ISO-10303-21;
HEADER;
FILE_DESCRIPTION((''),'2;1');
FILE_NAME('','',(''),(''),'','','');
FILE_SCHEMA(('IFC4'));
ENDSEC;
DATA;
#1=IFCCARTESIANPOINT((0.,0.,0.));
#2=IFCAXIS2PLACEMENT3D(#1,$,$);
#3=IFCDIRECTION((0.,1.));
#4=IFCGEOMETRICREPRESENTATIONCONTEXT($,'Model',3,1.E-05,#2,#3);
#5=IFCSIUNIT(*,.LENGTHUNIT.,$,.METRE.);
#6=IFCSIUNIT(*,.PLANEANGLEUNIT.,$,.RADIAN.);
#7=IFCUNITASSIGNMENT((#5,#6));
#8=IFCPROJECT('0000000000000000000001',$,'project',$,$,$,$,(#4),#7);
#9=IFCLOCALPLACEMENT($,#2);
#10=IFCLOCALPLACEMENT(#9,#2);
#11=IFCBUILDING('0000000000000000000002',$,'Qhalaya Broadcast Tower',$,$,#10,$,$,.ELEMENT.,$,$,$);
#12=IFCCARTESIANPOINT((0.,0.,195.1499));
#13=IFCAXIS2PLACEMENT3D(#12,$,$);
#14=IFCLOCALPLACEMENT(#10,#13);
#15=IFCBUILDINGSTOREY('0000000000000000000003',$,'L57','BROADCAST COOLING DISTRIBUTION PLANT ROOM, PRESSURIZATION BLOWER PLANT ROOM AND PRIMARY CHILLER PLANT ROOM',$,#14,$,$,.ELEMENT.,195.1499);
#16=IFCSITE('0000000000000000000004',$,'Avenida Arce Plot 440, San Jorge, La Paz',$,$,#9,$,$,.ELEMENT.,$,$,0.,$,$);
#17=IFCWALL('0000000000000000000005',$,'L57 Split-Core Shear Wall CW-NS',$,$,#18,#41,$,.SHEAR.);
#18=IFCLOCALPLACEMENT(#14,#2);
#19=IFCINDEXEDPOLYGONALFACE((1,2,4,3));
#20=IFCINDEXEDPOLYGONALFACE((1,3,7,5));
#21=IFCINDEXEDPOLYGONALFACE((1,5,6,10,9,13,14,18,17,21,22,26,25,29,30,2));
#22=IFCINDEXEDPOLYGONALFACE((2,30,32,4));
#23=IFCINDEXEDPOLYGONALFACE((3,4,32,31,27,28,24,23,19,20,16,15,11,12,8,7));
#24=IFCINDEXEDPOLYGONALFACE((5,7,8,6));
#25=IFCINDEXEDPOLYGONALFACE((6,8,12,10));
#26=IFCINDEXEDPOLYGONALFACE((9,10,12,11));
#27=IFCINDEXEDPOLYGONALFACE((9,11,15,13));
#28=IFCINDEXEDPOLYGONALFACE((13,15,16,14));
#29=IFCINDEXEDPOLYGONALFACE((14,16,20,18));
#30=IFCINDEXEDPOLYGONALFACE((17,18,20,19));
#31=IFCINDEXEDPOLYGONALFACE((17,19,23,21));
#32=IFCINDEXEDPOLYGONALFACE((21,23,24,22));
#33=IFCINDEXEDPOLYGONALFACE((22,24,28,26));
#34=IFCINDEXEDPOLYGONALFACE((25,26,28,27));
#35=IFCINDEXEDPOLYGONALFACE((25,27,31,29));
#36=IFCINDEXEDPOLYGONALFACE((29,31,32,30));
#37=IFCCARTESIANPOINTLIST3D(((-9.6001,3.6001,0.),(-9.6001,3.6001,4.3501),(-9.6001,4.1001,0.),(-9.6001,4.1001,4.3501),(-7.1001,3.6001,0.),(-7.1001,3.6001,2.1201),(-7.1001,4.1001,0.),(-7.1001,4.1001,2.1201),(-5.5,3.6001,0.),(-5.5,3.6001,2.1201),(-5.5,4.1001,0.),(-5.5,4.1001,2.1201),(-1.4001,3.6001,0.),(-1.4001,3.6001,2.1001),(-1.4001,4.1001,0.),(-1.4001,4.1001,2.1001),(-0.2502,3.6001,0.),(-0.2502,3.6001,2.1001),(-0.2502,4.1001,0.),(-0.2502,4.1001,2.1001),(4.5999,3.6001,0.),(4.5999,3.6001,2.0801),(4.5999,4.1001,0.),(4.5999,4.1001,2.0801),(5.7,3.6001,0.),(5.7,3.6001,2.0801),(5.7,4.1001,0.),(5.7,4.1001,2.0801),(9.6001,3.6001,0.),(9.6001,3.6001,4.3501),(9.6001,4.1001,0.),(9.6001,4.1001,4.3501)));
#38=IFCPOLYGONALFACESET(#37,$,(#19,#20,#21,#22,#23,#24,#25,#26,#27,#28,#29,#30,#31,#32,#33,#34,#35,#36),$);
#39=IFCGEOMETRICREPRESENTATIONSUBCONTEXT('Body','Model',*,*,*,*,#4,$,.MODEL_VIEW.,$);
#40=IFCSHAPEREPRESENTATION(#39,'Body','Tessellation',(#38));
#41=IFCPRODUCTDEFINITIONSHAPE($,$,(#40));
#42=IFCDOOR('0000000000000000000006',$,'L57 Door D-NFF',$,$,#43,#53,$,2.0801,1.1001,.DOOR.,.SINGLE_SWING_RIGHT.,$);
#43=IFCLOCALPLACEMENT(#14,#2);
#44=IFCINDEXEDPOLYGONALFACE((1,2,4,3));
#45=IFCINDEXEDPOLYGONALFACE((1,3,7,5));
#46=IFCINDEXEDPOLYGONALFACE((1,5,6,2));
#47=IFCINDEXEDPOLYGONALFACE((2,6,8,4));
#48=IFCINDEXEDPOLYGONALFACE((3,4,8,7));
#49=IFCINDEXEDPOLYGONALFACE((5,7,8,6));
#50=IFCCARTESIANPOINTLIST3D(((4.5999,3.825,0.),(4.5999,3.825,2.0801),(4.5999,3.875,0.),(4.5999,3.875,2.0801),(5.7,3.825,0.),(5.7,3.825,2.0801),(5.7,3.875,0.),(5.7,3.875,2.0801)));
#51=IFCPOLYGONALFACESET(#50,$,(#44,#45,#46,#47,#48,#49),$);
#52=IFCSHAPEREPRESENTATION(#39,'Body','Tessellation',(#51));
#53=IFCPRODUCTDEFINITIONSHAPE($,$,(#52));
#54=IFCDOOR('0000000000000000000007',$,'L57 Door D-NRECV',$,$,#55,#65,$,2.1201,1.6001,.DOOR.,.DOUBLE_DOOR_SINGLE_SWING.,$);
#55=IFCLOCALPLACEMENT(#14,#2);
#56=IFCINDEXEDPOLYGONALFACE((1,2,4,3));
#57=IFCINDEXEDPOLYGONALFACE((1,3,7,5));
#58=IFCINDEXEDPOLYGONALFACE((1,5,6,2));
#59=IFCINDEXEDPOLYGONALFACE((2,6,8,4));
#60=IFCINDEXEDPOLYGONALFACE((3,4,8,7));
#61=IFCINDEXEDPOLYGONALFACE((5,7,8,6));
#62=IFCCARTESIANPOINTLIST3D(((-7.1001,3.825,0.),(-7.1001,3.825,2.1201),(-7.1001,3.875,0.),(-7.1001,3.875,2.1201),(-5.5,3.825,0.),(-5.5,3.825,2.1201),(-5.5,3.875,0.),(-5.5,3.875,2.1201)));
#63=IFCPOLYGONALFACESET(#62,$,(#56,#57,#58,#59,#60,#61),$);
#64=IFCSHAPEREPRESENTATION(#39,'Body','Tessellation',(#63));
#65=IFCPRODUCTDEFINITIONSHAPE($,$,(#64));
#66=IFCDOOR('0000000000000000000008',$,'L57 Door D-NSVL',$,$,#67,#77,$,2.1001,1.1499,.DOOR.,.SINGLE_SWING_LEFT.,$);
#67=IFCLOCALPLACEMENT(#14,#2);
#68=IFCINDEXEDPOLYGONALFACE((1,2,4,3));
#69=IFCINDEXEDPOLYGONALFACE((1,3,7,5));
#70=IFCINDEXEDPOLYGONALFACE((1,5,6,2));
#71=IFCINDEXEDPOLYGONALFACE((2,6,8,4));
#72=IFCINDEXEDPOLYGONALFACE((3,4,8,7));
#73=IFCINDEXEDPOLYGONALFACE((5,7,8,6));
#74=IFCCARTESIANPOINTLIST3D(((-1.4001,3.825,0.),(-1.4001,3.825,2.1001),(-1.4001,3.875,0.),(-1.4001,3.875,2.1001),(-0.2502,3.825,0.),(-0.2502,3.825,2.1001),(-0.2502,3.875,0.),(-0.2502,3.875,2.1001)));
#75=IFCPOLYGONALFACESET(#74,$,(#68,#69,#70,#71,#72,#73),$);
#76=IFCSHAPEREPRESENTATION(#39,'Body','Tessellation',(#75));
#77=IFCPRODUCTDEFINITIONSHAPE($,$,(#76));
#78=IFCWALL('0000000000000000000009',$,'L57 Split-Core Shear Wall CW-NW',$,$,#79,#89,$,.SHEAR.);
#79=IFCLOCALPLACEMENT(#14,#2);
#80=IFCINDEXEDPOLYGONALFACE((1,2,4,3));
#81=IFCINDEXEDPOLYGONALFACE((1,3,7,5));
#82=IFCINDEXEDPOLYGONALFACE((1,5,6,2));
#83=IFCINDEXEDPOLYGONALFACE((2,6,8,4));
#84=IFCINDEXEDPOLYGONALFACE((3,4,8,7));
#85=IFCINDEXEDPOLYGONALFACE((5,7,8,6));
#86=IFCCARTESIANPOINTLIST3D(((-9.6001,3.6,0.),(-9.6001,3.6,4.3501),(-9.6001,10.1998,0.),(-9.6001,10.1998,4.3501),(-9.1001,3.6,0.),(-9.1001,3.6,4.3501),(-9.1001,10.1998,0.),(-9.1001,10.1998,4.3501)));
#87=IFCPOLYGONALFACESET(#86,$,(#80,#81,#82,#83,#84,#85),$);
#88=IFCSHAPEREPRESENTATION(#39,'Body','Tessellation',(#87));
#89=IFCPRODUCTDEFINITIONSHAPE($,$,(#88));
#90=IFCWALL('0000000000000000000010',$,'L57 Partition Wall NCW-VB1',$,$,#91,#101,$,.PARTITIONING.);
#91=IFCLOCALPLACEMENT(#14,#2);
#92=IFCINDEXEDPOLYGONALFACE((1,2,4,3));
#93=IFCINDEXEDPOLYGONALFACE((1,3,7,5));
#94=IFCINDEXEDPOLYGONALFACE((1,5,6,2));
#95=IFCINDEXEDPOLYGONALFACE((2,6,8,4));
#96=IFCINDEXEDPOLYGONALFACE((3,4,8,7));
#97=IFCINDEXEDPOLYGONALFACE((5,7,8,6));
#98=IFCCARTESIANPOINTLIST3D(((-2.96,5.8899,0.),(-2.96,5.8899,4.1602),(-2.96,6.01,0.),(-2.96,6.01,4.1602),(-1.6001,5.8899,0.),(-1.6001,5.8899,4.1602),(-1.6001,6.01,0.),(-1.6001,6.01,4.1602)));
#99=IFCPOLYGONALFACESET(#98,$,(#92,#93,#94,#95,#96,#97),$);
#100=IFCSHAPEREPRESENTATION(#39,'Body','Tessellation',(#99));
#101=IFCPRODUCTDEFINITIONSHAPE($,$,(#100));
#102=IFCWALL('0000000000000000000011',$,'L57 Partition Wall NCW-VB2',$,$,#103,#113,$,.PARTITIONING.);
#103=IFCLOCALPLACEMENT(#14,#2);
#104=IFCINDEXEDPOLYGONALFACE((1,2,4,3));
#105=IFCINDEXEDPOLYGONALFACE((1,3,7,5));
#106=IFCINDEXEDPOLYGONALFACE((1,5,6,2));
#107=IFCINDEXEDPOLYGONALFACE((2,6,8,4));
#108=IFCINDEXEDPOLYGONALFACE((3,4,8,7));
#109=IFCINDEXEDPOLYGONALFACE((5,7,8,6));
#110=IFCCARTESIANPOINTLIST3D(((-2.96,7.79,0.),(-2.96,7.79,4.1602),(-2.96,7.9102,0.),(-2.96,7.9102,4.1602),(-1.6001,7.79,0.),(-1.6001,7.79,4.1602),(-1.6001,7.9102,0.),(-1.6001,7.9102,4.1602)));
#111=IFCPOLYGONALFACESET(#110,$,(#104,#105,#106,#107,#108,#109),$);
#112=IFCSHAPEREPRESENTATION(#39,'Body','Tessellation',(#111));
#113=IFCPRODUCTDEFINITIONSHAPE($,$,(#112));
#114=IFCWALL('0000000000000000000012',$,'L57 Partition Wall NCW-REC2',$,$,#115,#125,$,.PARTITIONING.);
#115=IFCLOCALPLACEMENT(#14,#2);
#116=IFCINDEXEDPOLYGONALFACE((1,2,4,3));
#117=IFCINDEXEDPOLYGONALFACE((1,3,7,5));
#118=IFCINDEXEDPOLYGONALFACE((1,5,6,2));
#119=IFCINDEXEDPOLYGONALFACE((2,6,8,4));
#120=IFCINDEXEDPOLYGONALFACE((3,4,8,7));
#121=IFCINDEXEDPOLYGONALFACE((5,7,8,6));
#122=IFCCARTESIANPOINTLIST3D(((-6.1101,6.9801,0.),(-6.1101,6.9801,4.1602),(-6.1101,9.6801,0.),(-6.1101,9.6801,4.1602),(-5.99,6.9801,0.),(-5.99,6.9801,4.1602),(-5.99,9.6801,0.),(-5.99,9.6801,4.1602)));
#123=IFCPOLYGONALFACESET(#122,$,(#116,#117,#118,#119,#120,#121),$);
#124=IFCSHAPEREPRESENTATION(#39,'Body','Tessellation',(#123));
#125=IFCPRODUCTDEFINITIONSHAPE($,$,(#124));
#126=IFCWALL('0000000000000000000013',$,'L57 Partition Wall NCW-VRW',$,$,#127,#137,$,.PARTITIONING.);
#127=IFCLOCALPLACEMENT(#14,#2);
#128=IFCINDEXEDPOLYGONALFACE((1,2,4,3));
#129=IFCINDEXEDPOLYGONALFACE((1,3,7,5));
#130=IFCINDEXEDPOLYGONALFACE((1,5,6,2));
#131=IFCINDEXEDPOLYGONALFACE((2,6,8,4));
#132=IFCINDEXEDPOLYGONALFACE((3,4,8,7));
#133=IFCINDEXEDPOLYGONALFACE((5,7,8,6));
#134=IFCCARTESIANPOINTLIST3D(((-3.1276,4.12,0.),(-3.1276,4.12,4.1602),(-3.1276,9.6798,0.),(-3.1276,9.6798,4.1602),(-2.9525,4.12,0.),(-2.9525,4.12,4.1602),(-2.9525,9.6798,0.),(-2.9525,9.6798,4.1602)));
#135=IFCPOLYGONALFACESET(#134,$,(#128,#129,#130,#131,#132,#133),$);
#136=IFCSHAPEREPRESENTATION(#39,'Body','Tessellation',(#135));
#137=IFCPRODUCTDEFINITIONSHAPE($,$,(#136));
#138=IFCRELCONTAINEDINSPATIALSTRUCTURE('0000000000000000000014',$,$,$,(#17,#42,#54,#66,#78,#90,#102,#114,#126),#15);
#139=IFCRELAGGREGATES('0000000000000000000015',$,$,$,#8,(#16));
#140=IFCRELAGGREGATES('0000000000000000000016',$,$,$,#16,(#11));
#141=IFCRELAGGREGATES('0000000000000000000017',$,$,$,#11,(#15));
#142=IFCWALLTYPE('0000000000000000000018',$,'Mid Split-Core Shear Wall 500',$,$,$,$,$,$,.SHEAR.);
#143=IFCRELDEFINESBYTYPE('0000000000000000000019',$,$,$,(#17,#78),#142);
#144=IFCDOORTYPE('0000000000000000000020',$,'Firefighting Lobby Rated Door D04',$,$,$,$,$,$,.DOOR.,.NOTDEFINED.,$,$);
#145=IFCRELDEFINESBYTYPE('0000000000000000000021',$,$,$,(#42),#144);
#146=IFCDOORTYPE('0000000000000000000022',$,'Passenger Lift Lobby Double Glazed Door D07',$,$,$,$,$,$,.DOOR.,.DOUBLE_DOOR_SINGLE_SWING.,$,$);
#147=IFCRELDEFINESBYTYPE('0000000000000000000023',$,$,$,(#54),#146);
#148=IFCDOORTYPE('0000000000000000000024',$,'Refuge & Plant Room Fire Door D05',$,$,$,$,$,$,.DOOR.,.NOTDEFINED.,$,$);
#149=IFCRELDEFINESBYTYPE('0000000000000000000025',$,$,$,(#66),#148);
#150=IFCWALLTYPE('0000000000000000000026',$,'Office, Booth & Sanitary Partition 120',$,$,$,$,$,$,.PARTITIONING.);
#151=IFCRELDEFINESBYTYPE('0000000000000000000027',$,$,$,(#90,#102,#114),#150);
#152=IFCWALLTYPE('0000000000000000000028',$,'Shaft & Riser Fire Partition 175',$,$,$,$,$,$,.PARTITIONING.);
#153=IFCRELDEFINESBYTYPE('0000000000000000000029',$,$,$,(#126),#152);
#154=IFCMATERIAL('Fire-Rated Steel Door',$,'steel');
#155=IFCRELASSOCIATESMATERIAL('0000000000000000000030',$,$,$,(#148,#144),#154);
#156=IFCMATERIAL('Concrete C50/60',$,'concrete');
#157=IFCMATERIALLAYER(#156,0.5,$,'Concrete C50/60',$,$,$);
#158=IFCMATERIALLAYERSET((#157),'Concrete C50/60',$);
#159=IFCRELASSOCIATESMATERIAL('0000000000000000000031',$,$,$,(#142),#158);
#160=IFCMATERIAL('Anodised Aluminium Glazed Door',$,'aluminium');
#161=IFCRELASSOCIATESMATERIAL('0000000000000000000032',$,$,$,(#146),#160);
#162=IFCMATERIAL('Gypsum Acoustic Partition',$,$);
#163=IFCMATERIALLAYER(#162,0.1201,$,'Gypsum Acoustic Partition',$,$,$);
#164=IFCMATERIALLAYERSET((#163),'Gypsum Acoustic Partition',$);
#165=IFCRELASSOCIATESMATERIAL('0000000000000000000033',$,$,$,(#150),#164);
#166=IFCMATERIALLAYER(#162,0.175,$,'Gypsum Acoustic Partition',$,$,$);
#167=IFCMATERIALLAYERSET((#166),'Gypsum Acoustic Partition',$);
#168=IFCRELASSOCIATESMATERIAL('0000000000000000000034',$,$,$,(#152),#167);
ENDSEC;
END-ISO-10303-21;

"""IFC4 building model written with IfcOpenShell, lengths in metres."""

from ifc_helpers import new_model, si_unit, direction, frame, frame_2d, origin, place, context, subcontext, project, spatial, rectangle, extrude, material, layer, layer_set, type_object, element, fill, save


model = new_model("IFC4")

# Units and contexts
model_context = context("Model", 3, precision=1e-05, world=origin(), true_north=direction((0.0, 1.0)))
body_context = subcontext(model_context, "Body", "Model", "MODEL_VIEW")
ifc_project = project(units=[si_unit("LENGTHUNIT", "METRE"), si_unit("PLANEANGLEUNIT", "RADIAN")], contexts=[model_context])

# Site, building, storey
site_placement = place(None, origin())
site = spatial("IfcSite", under=ifc_project, at=site_placement, Name="Avenida Arce Plot 440, San Jorge, La Paz", CompositionType="ELEMENT", RefElevation=0.0)
building_placement = place(site_placement, origin())
building = spatial("IfcBuilding", under=site, at=building_placement, Name="Qhalaya Broadcast Tower", CompositionType="ELEMENT")
storey_placement = place(building_placement, frame((0.0, 0.0, 195.1499)))
storey = spatial("IfcBuildingStorey", under=building, at=storey_placement, Name="L57", Description="BROADCAST COOLING DISTRIBUTION PLANT ROOM, PRESSURIZATION BLOWER PLANT ROOM AND PRIMARY CHILLER PLANT ROOM", CompositionType="ELEMENT", Elevation=195.1499)

# Shared definitions
ifc_material_1 = material(Name="Concrete C50/60", Category="concrete")

# Shared definitions
ifc_material_2 = material(Name="Gypsum Acoustic Partition")
ifc_material_3 = material(Name="Fire-Rated Steel Door", Category="steel")

# Shared definitions
door_type_1 = type_object("IfcDoorType", Name="Refuge & Plant Room Fire Door D05", OperationType="NOTDEFINED", PredefinedType="DOOR", material=ifc_material_3)

# Shared definitions
ifc_layer_1 = layer(ifc_material_1, 0.5, Name="Concrete C50/60")
ifc_layer_set_1 = layer_set([ifc_layer_1], Name="Concrete C50/60")
wall_type_1 = type_object("IfcWallType", Name="Mid Split-Core Shear Wall 500", PredefinedType="SHEAR", material=ifc_layer_set_1)

# Wall, openings, doors
wall_1_placement = place(storey_placement, frame((-9.6001, 3.8501, 0.0), z_axis=(0.0, 0.0, 1.0), x_axis=(1.0, 0.0, 0.0)))
wall_1 = element("IfcWall", 1, at=wall_1_placement, inside=storey, type_object=wall_type_1, Name="L57 Split-Core Shear Wall CW-NS", PredefinedType="SHEAR", context=body_context, shape_type="SweptSolid", body=[
    extrude(rectangle(XDim=19.2002, YDim=0.5, at=frame_2d((9.6001, 0.0))), origin(), (0.0, 0.0, 1.0), 4.3501),
])
opening_1_placement = place(wall_1_placement, frame((14.2, 0.0, 0.0)))
opening_1 = element("IfcOpeningElement", 2, at=opening_1_placement, cuts=wall_1, PredefinedType="OPENING", context=body_context, shape_type="SweptSolid", body=[
    extrude(rectangle(XDim=1.1001, YDim=2.0801, at=frame_2d((0.55, 1.04))), frame((0.0, 0.262, 0.0), z_axis=(0.0, -1.0, 0.0), x_axis=(1.0, 0.0, 0.0)), (0.0, 0.0, 1.0), 0.5239),
])
opening_2_placement = place(wall_1_placement, frame((8.2, 0.0, 0.0)))
opening_2 = element("IfcOpeningElement", 3, at=opening_2_placement, cuts=wall_1, PredefinedType="OPENING", context=body_context, shape_type="SweptSolid", body=[
    extrude(rectangle(XDim=1.1499, YDim=2.1001, at=frame_2d((0.575, 1.05))), frame((0.0, 0.262, 0.0), z_axis=(0.0, -1.0, 0.0), x_axis=(1.0, 0.0, 0.0)), (0.0, 0.0, 1.0), 0.5239),
])
opening_3_placement = place(wall_1_placement, frame((2.5, 0.0, 0.0)))
opening_3 = element("IfcOpeningElement", 4, at=opening_3_placement, cuts=wall_1, PredefinedType="OPENING", context=body_context, shape_type="SweptSolid", body=[
    extrude(rectangle(XDim=1.6001, YDim=2.1201, at=frame_2d((0.8, 1.0601))), frame((0.0, 0.262, 0.0), z_axis=(0.0, -1.0, 0.0), x_axis=(1.0, 0.0, 0.0)), (0.0, 0.0, 1.0), 0.5239),
])
door_type_2 = type_object("IfcDoorType", Name="Firefighting Lobby Rated Door D04", OperationType="NOTDEFINED", PredefinedType="DOOR", material=ifc_material_3)
door_1_placement = place(opening_1_placement, origin())
door_1 = element("IfcDoor", 5, at=door_1_placement, inside=storey, type_object=door_type_2, Name="L57 Door D-NFF", OperationType="SINGLE_SWING_RIGHT", OverallHeight=2.0801, OverallWidth=1.1001, PredefinedType="DOOR", context=body_context, shape_type="SweptSolid", body=[
    extrude(rectangle(XDim=1.1001, YDim=2.0801, at=frame_2d((0.55, 1.04))), frame((0.0, 0.0249, 0.0), z_axis=(0.0, -1.0, 0.0), x_axis=(1.0, 0.0, 0.0)), (0.0, 0.0, 1.0), 0.05),
])
fill(opening_1, door_1)
ifc_material_4 = material(Name="Anodised Aluminium Glazed Door", Category="aluminium")
door_type_3 = type_object("IfcDoorType", Name="Passenger Lift Lobby Double Glazed Door D07", OperationType="DOUBLE_DOOR_SINGLE_SWING", PredefinedType="DOOR", material=ifc_material_4)
door_2_placement = place(opening_3_placement, origin())
door_2 = element("IfcDoor", 6, at=door_2_placement, inside=storey, type_object=door_type_3, Name="L57 Door D-NRECV", OperationType="DOUBLE_DOOR_SINGLE_SWING", OverallHeight=2.1201, OverallWidth=1.6001, PredefinedType="DOOR", context=body_context, shape_type="SweptSolid", body=[
    extrude(rectangle(XDim=1.6001, YDim=2.1201, at=frame_2d((0.8, 1.0601))), frame((0.0, 0.0249, 0.0), z_axis=(0.0, -1.0, 0.0), x_axis=(1.0, 0.0, 0.0)), (0.0, 0.0, 1.0), 0.05),
])
fill(opening_3, door_2)
door_3_placement = place(opening_2_placement, origin())
door_3 = element("IfcDoor", 7, at=door_3_placement, inside=storey, type_object=door_type_1, Name="L57 Door D-NSVL", OperationType="SINGLE_SWING_LEFT", OverallHeight=2.1001, OverallWidth=1.1499, PredefinedType="DOOR", context=body_context, shape_type="SweptSolid", body=[
    extrude(rectangle(XDim=1.1499, YDim=2.1001, at=frame_2d((0.575, 1.05))), frame((0.0, 0.0249, 0.0), z_axis=(0.0, -1.0, 0.0), x_axis=(1.0, 0.0, 0.0)), (0.0, 0.0, 1.0), 0.05),
])
fill(opening_2, door_3)

# Walls
wall_2_placement = place(storey_placement, frame((-9.3501, 3.6001, 0.0), z_axis=(0.0, 0.0, 1.0), x_axis=(0.0, 1.0, 0.0)))
element("IfcWall", 8, at=wall_2_placement, inside=storey, type_object=wall_type_1, Name="L57 Split-Core Shear Wall CW-NW", PredefinedType="SHEAR", context=body_context, shape_type="SweptSolid", body=[
    extrude(rectangle(XDim=6.5999, YDim=0.5, at=frame_2d((3.2998, 0.0))), origin(), (0.0, 0.0, 1.0), 4.3501),
])
ifc_layer_2 = layer(ifc_material_2, 0.1201, Name="Gypsum Acoustic Partition")
ifc_layer_set_2 = layer_set([ifc_layer_2], Name="Gypsum Acoustic Partition")
wall_type_2 = type_object("IfcWallType", Name="Office, Booth & Sanitary Partition 120", PredefinedType="PARTITIONING", material=ifc_layer_set_2)
for number, where, z_axis, x_axis, name in (
    (9, (-2.96, 5.95, 0.0), (0.0, 0.0, 1.0), (1.0, 0.0, 0.0), "L57 Partition Wall NCW-VB1"),
    (10, (-2.96, 7.8501, 0.0), (0.0, 0.0, 1.0), (1.0, 0.0, 0.0), "L57 Partition Wall NCW-VB2"),
):
    element("IfcWall", number, at=place(storey_placement, frame(where, z_axis=z_axis, x_axis=x_axis)), inside=storey, type_object=wall_type_2, Name=name, PredefinedType="PARTITIONING", context=body_context, shape_type="SweptSolid", body=[
        extrude(rectangle(XDim=1.3599, YDim=0.1201, at=frame_2d((0.6799, 0.0))), origin(), (0.0, 0.0, 1.0), 4.1602),
    ])
wall_3_placement = place(storey_placement, frame((-6.05, 6.98, 0.0), z_axis=(0.0, 0.0, 1.0), x_axis=(0.0, 1.0, 0.0)))
element("IfcWall", 11, at=wall_3_placement, inside=storey, type_object=wall_type_2, Name="L57 Partition Wall NCW-REC2", PredefinedType="PARTITIONING", context=body_context, shape_type="SweptSolid", body=[
    extrude(rectangle(XDim=2.7, YDim=0.1201, at=frame_2d((1.3501, 0.0))), origin(), (0.0, 0.0, 1.0), 4.1602),
])
ifc_layer_3 = layer(ifc_material_2, 0.175, Name="Gypsum Acoustic Partition")
ifc_layer_set_3 = layer_set([ifc_layer_3], Name="Gypsum Acoustic Partition")
wall_type_3 = type_object("IfcWallType", Name="Shaft & Riser Fire Partition 175", PredefinedType="PARTITIONING", material=ifc_layer_set_3)
wall_4_placement = place(storey_placement, frame((-3.04, 4.1201, 0.0), z_axis=(0.0, 0.0, 1.0), x_axis=(0.0, 1.0, 0.0)))
element("IfcWall", 12, at=wall_4_placement, inside=storey, type_object=wall_type_3, Name="L57 Partition Wall NCW-VRW", PredefinedType="PARTITIONING", context=body_context, shape_type="SweptSolid", body=[
    extrude(rectangle(XDim=5.5598, YDim=0.175, at=frame_2d((2.7798, 0.0))), origin(), (0.0, 0.0, 1.0), 4.1602),
])

save(model, "model.ifc")
